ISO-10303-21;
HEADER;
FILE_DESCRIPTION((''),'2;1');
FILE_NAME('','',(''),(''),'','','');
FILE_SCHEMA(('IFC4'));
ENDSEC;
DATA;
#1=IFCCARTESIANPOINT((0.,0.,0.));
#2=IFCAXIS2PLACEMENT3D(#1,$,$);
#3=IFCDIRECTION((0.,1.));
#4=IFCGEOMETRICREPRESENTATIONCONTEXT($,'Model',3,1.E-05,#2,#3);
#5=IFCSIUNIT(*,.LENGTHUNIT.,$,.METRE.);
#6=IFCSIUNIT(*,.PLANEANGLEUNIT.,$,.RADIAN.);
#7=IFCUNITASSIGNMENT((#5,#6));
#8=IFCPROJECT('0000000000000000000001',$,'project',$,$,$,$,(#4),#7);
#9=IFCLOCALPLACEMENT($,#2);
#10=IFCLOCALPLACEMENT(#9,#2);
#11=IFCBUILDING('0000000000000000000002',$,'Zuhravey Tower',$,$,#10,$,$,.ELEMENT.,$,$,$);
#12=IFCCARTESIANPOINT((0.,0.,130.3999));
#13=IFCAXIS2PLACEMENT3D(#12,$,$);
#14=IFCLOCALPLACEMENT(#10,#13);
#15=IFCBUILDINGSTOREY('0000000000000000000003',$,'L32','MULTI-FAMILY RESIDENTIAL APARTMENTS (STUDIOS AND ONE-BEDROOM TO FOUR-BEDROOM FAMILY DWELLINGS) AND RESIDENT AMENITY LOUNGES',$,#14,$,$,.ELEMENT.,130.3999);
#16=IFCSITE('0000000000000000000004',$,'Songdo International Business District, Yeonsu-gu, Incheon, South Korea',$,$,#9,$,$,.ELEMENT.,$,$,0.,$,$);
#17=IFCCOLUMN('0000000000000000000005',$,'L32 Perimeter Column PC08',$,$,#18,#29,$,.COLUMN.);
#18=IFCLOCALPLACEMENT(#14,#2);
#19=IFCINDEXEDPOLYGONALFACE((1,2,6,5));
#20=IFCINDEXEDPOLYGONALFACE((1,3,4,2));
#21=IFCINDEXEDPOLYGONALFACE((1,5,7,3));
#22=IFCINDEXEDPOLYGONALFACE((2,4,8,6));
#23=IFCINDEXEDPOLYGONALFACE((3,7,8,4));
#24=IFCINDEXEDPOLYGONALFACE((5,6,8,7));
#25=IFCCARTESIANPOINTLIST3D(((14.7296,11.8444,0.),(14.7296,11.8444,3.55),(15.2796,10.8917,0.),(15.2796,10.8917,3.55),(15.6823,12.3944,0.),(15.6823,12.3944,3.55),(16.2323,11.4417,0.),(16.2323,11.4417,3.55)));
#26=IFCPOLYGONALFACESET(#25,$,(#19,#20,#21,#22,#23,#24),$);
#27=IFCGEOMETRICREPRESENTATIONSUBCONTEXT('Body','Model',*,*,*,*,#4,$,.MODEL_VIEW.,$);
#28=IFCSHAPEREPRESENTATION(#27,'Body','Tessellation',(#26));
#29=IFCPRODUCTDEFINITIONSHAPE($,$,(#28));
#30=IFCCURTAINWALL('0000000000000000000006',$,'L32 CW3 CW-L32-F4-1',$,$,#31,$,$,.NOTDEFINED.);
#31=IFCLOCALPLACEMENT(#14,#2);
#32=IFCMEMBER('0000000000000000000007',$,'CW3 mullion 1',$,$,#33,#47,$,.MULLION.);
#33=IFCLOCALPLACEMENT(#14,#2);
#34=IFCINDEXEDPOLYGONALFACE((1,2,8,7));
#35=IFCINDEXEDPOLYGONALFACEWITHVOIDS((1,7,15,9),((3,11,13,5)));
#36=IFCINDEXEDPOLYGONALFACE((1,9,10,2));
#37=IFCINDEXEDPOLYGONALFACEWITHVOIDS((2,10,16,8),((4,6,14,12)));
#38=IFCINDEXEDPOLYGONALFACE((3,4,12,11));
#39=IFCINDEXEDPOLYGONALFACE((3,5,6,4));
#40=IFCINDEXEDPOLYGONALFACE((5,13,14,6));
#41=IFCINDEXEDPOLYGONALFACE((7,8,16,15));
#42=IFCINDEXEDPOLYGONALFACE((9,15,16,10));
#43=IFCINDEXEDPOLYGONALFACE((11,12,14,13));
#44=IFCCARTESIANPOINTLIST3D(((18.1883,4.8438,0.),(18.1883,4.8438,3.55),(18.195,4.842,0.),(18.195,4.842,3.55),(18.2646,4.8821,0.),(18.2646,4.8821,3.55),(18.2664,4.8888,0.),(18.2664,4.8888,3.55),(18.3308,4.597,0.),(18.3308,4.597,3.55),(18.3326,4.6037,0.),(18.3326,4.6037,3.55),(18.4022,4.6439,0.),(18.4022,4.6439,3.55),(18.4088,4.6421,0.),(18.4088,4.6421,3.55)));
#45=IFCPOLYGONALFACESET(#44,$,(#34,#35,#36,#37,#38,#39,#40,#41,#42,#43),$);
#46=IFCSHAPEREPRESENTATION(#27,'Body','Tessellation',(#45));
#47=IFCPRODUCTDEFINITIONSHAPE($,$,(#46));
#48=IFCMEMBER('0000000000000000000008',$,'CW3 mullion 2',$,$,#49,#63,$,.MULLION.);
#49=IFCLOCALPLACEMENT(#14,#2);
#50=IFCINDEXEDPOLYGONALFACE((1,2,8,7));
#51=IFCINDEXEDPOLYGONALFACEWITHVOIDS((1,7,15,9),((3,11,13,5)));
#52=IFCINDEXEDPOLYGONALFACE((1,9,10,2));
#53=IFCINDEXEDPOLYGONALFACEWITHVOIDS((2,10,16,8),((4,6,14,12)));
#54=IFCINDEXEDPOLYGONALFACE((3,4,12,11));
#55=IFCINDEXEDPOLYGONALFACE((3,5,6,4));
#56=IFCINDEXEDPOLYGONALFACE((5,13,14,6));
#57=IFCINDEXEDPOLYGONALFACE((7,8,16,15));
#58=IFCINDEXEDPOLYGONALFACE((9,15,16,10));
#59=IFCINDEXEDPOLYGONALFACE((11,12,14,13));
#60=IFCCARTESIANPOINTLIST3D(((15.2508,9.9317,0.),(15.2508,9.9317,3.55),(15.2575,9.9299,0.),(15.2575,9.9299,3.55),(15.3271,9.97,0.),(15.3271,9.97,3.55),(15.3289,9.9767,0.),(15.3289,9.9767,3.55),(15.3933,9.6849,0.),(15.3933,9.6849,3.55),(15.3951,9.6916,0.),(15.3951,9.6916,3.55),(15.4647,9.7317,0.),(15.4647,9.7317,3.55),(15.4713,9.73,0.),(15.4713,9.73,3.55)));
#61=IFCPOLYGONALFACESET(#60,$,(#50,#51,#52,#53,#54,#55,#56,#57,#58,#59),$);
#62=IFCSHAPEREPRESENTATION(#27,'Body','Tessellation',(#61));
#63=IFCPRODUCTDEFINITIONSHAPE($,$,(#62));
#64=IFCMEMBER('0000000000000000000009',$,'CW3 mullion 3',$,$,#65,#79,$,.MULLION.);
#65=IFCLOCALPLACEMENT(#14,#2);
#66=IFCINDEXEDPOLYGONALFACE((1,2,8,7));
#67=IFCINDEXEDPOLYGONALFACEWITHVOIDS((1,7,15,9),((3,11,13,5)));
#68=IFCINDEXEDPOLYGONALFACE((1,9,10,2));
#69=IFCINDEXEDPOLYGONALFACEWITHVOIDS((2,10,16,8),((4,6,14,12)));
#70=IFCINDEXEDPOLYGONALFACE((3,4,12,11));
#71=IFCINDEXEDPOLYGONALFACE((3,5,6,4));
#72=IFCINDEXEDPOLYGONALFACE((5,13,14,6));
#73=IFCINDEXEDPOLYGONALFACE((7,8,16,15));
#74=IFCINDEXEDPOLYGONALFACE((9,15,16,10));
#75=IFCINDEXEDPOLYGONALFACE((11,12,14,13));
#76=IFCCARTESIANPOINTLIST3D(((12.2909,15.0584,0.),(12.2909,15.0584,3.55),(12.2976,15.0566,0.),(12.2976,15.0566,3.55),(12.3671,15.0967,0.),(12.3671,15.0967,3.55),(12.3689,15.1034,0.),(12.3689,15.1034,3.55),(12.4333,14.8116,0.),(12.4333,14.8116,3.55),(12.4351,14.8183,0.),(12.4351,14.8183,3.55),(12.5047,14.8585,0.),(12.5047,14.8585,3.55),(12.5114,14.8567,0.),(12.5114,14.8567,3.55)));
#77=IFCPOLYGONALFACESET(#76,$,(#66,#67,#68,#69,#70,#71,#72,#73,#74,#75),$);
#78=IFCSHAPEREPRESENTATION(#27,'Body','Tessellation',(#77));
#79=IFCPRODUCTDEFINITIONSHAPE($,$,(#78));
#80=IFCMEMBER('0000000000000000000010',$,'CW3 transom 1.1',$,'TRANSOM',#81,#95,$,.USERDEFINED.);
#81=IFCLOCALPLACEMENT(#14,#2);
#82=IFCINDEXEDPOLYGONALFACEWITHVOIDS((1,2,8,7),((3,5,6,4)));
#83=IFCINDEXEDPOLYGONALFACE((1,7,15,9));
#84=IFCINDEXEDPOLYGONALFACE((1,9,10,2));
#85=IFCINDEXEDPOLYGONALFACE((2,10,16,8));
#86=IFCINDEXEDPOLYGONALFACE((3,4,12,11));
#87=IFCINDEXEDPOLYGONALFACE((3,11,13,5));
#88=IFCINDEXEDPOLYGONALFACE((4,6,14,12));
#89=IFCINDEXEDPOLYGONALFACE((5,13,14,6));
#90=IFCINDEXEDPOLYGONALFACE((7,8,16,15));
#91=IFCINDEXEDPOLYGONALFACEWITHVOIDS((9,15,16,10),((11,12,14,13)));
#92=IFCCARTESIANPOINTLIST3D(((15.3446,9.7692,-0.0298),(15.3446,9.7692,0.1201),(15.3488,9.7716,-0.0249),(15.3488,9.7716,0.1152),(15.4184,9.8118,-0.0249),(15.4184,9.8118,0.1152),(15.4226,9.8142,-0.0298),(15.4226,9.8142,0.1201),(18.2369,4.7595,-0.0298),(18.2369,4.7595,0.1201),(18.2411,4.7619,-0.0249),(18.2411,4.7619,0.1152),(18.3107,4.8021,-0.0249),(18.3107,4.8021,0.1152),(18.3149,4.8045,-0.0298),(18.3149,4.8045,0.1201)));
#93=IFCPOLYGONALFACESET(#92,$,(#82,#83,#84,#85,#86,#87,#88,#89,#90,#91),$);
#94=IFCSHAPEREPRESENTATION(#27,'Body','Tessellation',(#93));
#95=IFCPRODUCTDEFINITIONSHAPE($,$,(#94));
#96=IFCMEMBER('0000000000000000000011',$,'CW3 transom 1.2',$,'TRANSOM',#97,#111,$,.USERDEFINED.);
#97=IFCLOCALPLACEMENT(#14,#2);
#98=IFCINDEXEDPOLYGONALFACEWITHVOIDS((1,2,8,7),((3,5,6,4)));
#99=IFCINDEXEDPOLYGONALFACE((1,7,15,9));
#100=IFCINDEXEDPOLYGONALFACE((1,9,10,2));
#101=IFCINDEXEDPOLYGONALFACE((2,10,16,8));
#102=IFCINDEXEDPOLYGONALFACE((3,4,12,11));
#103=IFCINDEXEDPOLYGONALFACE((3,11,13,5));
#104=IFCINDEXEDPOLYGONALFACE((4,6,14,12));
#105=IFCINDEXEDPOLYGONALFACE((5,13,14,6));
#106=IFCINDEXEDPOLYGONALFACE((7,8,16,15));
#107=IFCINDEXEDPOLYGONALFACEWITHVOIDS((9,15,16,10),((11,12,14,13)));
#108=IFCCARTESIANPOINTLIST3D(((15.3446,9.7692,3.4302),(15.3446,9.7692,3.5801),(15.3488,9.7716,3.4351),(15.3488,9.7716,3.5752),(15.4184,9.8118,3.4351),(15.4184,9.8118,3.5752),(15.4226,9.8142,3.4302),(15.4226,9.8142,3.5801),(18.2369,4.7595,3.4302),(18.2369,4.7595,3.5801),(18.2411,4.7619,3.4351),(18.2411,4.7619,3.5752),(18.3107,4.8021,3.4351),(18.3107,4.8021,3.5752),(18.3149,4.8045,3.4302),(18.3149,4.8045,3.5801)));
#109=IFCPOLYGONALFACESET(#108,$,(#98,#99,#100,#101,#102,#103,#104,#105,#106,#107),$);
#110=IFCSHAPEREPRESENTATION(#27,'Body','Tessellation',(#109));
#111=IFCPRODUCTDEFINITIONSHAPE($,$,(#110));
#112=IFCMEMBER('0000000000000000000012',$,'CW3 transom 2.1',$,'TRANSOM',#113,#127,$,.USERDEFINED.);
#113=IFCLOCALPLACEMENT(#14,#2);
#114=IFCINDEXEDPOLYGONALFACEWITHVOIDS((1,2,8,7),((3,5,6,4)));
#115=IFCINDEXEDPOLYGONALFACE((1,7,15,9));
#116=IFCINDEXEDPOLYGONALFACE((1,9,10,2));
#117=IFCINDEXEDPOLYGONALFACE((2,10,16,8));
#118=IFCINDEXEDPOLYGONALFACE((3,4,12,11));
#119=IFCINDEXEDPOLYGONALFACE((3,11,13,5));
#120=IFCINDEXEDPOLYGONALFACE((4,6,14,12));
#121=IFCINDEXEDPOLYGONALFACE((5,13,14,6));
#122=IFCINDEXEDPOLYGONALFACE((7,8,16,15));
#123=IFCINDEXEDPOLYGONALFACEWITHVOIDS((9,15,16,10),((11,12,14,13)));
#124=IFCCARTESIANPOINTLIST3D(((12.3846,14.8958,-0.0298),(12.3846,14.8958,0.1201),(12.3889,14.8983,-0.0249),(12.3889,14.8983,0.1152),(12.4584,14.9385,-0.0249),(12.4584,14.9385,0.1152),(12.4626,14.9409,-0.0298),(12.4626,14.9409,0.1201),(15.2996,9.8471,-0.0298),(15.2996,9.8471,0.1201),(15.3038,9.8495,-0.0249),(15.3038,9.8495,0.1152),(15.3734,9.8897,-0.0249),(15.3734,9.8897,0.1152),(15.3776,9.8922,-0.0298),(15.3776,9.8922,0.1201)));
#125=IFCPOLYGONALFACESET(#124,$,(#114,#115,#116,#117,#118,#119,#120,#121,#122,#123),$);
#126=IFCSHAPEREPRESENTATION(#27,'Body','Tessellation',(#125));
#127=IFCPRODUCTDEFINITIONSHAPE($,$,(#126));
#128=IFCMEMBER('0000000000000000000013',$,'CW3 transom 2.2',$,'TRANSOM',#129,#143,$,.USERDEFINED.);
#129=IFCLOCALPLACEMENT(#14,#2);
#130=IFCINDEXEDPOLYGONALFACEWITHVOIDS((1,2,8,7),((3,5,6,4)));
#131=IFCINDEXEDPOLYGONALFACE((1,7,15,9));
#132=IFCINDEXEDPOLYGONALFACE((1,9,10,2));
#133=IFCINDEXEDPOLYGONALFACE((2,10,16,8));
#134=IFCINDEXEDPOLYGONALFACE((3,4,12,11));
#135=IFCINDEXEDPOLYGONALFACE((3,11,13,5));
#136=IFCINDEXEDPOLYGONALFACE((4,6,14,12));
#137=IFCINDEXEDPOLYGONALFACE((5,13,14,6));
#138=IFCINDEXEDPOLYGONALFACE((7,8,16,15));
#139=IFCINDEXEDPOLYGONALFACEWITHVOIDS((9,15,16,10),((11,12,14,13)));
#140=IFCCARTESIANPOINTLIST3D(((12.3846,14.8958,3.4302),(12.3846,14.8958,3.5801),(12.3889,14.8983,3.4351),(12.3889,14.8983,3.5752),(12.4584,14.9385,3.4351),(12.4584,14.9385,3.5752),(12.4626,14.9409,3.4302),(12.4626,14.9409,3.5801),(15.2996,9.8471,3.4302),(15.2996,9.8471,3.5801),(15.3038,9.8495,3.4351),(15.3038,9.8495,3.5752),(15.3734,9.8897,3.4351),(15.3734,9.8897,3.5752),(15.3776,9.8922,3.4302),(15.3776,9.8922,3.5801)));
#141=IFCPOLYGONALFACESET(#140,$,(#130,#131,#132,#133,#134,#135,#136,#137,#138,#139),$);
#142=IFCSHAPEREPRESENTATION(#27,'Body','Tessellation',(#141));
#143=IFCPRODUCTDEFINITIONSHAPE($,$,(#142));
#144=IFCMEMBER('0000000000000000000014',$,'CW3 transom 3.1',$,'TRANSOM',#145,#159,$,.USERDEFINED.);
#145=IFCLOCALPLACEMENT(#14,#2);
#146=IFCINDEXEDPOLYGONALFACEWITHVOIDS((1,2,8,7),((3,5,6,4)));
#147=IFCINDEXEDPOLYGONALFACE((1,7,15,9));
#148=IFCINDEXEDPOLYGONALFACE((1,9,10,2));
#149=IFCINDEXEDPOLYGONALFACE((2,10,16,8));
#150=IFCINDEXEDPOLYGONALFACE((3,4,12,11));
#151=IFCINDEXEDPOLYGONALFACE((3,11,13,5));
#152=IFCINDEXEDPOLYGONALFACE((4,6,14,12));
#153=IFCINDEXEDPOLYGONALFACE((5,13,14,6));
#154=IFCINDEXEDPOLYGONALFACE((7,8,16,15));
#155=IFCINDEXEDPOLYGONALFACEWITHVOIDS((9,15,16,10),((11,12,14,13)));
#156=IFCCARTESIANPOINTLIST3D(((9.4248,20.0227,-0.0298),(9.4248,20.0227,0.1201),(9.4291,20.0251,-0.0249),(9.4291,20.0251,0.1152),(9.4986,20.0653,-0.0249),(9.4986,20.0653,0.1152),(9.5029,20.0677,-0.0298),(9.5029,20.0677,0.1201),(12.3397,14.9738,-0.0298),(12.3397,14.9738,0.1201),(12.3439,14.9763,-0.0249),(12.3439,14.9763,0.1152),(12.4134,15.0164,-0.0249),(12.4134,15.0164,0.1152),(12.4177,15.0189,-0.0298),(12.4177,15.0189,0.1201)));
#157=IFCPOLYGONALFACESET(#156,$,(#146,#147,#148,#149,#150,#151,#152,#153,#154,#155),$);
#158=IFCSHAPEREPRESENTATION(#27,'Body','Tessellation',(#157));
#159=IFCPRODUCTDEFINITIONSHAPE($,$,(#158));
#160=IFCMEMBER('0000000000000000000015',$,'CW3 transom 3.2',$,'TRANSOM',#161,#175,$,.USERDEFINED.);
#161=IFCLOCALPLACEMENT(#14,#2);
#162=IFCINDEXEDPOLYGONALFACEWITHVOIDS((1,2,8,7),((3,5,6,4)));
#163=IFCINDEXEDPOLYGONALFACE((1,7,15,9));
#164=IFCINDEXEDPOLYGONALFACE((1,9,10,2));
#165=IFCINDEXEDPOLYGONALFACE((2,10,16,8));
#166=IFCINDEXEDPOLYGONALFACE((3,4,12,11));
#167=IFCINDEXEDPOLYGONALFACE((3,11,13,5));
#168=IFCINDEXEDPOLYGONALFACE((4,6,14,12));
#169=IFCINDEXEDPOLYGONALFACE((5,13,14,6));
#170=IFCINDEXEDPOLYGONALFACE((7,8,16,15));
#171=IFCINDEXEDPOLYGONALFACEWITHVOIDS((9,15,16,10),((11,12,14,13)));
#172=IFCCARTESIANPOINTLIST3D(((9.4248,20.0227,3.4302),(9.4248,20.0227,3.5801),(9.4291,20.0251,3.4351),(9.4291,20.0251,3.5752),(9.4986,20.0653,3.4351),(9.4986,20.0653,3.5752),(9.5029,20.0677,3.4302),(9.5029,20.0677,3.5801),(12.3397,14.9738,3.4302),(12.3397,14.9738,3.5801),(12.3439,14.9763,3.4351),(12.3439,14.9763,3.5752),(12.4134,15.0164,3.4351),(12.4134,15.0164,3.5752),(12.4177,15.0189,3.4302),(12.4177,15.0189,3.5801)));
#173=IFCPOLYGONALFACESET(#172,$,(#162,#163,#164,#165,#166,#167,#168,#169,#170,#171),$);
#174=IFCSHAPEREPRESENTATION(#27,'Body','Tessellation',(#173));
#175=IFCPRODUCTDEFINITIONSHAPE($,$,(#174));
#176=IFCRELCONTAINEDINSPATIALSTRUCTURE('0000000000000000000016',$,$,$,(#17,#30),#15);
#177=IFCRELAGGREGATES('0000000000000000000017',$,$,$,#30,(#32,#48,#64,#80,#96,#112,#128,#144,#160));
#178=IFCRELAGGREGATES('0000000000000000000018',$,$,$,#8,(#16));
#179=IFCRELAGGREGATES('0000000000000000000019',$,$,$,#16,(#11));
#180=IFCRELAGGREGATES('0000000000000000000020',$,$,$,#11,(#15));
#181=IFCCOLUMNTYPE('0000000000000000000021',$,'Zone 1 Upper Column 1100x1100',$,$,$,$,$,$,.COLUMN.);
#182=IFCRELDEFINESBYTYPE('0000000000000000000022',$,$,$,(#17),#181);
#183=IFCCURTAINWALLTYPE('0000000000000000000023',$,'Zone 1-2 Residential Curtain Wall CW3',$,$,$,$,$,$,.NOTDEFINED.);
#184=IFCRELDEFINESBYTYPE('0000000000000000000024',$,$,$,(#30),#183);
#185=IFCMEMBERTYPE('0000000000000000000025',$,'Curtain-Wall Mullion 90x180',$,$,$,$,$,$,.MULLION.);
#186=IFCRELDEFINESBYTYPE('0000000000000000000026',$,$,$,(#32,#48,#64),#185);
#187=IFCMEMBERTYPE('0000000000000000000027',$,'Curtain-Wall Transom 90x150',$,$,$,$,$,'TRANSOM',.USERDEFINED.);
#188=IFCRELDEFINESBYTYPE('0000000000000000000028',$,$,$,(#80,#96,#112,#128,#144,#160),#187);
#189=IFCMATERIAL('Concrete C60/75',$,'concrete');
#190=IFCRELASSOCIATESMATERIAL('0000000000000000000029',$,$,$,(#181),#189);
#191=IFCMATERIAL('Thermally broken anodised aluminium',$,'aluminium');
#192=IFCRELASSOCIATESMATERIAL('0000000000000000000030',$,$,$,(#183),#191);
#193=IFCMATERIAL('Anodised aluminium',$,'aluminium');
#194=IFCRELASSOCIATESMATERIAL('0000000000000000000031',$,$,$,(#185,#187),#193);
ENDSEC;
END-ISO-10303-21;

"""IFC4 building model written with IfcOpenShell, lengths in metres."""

from ifc_helpers import new_model, si_unit, direction, frame, origin, origin_2d, place, context, subcontext, project, spatial, rectangle, hollow_rectangle, extrude, material, material_profile, profile_set, type_object, element, aggregate, save


model = new_model("IFC4")

# Units and contexts
model_context = context("Model", 3, precision=1e-05, world=origin(), true_north=direction((0.0, 1.0)))
body_context = subcontext(model_context, "Body", "Model", "MODEL_VIEW")
ifc_project = project(units=[si_unit("LENGTHUNIT", "METRE"), si_unit("PLANEANGLEUNIT", "RADIAN")], contexts=[model_context])

# Site, building, storey
site_placement = place(None, origin())
site = spatial("IfcSite", under=ifc_project, at=site_placement, Name="Songdo International Business District, Yeonsu-gu, Incheon, South Korea", CompositionType="ELEMENT", RefElevation=0.0)
building_placement = place(site_placement, origin())
building = spatial("IfcBuilding", under=site, at=building_placement, Name="Zuhravey Tower", CompositionType="ELEMENT")
storey_placement = place(building_placement, frame((0.0, 0.0, 130.3999)))
storey = spatial("IfcBuildingStorey", under=building, at=storey_placement, Name="L32", Description="MULTI-FAMILY RESIDENTIAL APARTMENTS (STUDIOS AND ONE-BEDROOM TO FOUR-BEDROOM FAMILY DWELLINGS) AND RESIDENT AMENITY LOUNGES", CompositionType="ELEMENT", Elevation=130.3999)

# Column
ifc_material_1 = material(Name="Concrete C60/75", Category="concrete")
ifc_material_profile_1 = material_profile(ifc_material_1, rectangle(XDim=1.1001, YDim=1.1001, at=origin_2d()), Name="RC-1100x1100")
ifc_profile_set_1 = profile_set([ifc_material_profile_1], Name="Concrete C60/75")
column_type = type_object("IfcColumnType", Name="Zone 1 Upper Column 1100x1100", PredefinedType="COLUMN", material=ifc_profile_set_1)
column_placement = place(storey_placement, frame((15.481, 11.6431, 0.0), z_axis=(0.0, 0.0, 1.0), x_axis=(0.5, -0.866025, 0.0)))
element("IfcColumn", 1, at=column_placement, inside=storey, type_object=column_type, Name="L32 Perimeter Column PC08", PredefinedType="COLUMN", context=body_context, shape_type="SweptSolid", body=[
    extrude(rectangle(XDim=1.1001, YDim=1.1001, at=origin_2d()), origin(), (0.0, 0.0, 1.0), 3.55),
])

# Curtain wall, members
ifc_material_2 = material(Name="Thermally broken anodised aluminium", Category="aluminium")
curtain_wall_type = type_object("IfcCurtainWallType", Name="Zone 1-2 Residential Curtain Wall CW3", PredefinedType="NOTDEFINED", material=ifc_material_2)
curtain_wall_placement = place(storey_placement, origin())
curtain_wall = element("IfcCurtainWall", 2, at=curtain_wall_placement, inside=storey, type_object=curtain_wall_type, Name="L32 CW3 CW-L32-F4-1", PredefinedType="NOTDEFINED")
ifc_material_3 = material(Name="Anodised aluminium", Category="aluminium")
ifc_material_profile_2 = material_profile(ifc_material_3, hollow_rectangle(XDim=0.0901, YDim=0.2849, WallThickness=0.0049, at=origin_2d()), Name="ALU-RHS-90x285x5")
ifc_profile_set_2 = profile_set([ifc_material_profile_2], Name="Anodised aluminium")
member_type_1 = type_object("IfcMemberType", Name="Curtain-Wall Mullion 90x180", PredefinedType="MULLION", material=ifc_profile_set_2)
member_1_placement = place(storey_placement, frame((18.2986, 4.7429, 0.0), z_axis=(0.0, 0.0, 1.0), x_axis=(-0.866026, -0.5, 0.0)))
member_1 = element("IfcMember", 3, at=member_1_placement, type_object=member_type_1, Name="CW3 mullion 1", PredefinedType="MULLION", context=body_context, shape_type="SweptSolid", body=[
    extrude(hollow_rectangle(XDim=0.0901, YDim=0.2849, WallThickness=0.0049, at=origin_2d()), origin(), (0.0, 0.0, 1.0), 3.55),
])
member_2_placement = place(storey_placement, frame((15.3611, 9.8308, 0.0), z_axis=(0.0, 0.0, 1.0), x_axis=(-0.866026, -0.5, 0.0)))
member_2 = element("IfcMember", 4, at=member_2_placement, type_object=member_type_1, Name="CW3 mullion 2", PredefinedType="MULLION", context=body_context, shape_type="SweptSolid", body=[
    extrude(hollow_rectangle(XDim=0.0901, YDim=0.2849, WallThickness=0.0049, at=origin_2d()), origin(), (0.0, 0.0, 1.0), 3.55),
])
member_3_placement = place(storey_placement, frame((12.4011, 14.9575, 0.0), z_axis=(0.0, 0.0, 1.0), x_axis=(-0.866026, -0.5, 0.0)))
member_3 = element("IfcMember", 5, at=member_3_placement, type_object=member_type_1, Name="CW3 mullion 3", PredefinedType="MULLION", context=body_context, shape_type="SweptSolid", body=[
    extrude(hollow_rectangle(XDim=0.0901, YDim=0.2849, WallThickness=0.0049, at=origin_2d()), origin(), (0.0, 0.0, 1.0), 3.55),
])
ifc_material_profile_3 = material_profile(ifc_material_3, hollow_rectangle(XDim=0.0901, YDim=0.1499, WallThickness=0.0049, at=origin_2d()), Name="ALU-RHS-90x150x5")
ifc_profile_set_3 = profile_set([ifc_material_profile_3], Name="Anodised aluminium")
member_type_2 = type_object("IfcMemberType", Name="Curtain-Wall Transom 90x150", ElementType="TRANSOM", PredefinedType="USERDEFINED", material=ifc_profile_set_3)
member_4_placement = place(storey_placement, frame((18.2759, 4.782, 0.0452), z_axis=(-0.499993, 0.86603, 0.0), x_axis=(-0.86603, -0.499993, 0.0)))
member_4 = element("IfcMember", 6, at=member_4_placement, type_object=member_type_2, Name="CW3 transom 1.1", ObjectType="TRANSOM", PredefinedType="USERDEFINED", context=body_context, shape_type="SweptSolid", body=[
    extrude(hollow_rectangle(XDim=0.0901, YDim=0.1499, WallThickness=0.0049, at=origin_2d()), origin(), (0.0, 0.0, 1.0), 5.7847),
])
member_5_placement = place(storey_placement, frame((18.2759, 4.782, 3.5051), z_axis=(-0.499993, 0.86603, 0.0), x_axis=(-0.86603, -0.499993, 0.0)))
member_5 = element("IfcMember", 7, at=member_5_placement, type_object=member_type_2, Name="CW3 transom 1.2", ObjectType="TRANSOM", PredefinedType="USERDEFINED", context=body_context, shape_type="SweptSolid", body=[
    extrude(hollow_rectangle(XDim=0.0901, YDim=0.1499, WallThickness=0.0049, at=origin_2d()), origin(), (0.0, 0.0, 1.0), 5.7847),
])
member_6_placement = place(storey_placement, frame((15.3386, 9.8696, 0.0452), z_axis=(-0.500012, 0.866018, 0.0), x_axis=(-0.866018, -0.500012, 0.0)))
member_6 = element("IfcMember", 8, at=member_6_placement, type_object=member_type_2, Name="CW3 transom 2.1", ObjectType="TRANSOM", PredefinedType="USERDEFINED", context=body_context, shape_type="SweptSolid", body=[
    extrude(hollow_rectangle(XDim=0.0901, YDim=0.1499, WallThickness=0.0049, at=origin_2d()), origin(), (0.0, 0.0, 1.0), 5.8298),
])
member_7_placement = place(storey_placement, frame((15.3386, 9.8696, 3.5051), z_axis=(-0.500012, 0.866018, 0.0), x_axis=(-0.866018, -0.500012, 0.0)))
member_7 = element("IfcMember", 9, at=member_7_placement, type_object=member_type_2, Name="CW3 transom 2.2", ObjectType="TRANSOM", PredefinedType="USERDEFINED", context=body_context, shape_type="SweptSolid", body=[
    extrude(hollow_rectangle(XDim=0.0901, YDim=0.1499, WallThickness=0.0049, at=origin_2d()), origin(), (0.0, 0.0, 1.0), 5.8298),
])
member_8_placement = place(storey_placement, frame((12.3787, 14.9963, 0.0452), z_axis=(-0.499981, 0.866036, 0.0), x_axis=(-0.866036, -0.499981, 0.0)))
member_8 = element("IfcMember", 10, at=member_8_placement, type_object=member_type_2, Name="CW3 transom 3.1", ObjectType="TRANSOM", PredefinedType="USERDEFINED", context=body_context, shape_type="SweptSolid", body=[
    extrude(hollow_rectangle(XDim=0.0901, YDim=0.1499, WallThickness=0.0049, at=origin_2d()), origin(), (0.0, 0.0, 1.0), 5.8298),
])
member_9_placement = place(storey_placement, frame((12.3787, 14.9963, 3.5051), z_axis=(-0.499981, 0.866036, 0.0), x_axis=(-0.866036, -0.499981, 0.0)))
member_9 = element("IfcMember", 11, at=member_9_placement, type_object=member_type_2, Name="CW3 transom 3.2", ObjectType="TRANSOM", PredefinedType="USERDEFINED", context=body_context, shape_type="SweptSolid", body=[
    extrude(hollow_rectangle(XDim=0.0901, YDim=0.1499, WallThickness=0.0049, at=origin_2d()), origin(), (0.0, 0.0, 1.0), 5.8298),
])

aggregate(curtain_wall, [member_1, member_2, member_3, member_4, member_5, member_6, member_7, member_8, member_9])

save(model, "model.ifc")
